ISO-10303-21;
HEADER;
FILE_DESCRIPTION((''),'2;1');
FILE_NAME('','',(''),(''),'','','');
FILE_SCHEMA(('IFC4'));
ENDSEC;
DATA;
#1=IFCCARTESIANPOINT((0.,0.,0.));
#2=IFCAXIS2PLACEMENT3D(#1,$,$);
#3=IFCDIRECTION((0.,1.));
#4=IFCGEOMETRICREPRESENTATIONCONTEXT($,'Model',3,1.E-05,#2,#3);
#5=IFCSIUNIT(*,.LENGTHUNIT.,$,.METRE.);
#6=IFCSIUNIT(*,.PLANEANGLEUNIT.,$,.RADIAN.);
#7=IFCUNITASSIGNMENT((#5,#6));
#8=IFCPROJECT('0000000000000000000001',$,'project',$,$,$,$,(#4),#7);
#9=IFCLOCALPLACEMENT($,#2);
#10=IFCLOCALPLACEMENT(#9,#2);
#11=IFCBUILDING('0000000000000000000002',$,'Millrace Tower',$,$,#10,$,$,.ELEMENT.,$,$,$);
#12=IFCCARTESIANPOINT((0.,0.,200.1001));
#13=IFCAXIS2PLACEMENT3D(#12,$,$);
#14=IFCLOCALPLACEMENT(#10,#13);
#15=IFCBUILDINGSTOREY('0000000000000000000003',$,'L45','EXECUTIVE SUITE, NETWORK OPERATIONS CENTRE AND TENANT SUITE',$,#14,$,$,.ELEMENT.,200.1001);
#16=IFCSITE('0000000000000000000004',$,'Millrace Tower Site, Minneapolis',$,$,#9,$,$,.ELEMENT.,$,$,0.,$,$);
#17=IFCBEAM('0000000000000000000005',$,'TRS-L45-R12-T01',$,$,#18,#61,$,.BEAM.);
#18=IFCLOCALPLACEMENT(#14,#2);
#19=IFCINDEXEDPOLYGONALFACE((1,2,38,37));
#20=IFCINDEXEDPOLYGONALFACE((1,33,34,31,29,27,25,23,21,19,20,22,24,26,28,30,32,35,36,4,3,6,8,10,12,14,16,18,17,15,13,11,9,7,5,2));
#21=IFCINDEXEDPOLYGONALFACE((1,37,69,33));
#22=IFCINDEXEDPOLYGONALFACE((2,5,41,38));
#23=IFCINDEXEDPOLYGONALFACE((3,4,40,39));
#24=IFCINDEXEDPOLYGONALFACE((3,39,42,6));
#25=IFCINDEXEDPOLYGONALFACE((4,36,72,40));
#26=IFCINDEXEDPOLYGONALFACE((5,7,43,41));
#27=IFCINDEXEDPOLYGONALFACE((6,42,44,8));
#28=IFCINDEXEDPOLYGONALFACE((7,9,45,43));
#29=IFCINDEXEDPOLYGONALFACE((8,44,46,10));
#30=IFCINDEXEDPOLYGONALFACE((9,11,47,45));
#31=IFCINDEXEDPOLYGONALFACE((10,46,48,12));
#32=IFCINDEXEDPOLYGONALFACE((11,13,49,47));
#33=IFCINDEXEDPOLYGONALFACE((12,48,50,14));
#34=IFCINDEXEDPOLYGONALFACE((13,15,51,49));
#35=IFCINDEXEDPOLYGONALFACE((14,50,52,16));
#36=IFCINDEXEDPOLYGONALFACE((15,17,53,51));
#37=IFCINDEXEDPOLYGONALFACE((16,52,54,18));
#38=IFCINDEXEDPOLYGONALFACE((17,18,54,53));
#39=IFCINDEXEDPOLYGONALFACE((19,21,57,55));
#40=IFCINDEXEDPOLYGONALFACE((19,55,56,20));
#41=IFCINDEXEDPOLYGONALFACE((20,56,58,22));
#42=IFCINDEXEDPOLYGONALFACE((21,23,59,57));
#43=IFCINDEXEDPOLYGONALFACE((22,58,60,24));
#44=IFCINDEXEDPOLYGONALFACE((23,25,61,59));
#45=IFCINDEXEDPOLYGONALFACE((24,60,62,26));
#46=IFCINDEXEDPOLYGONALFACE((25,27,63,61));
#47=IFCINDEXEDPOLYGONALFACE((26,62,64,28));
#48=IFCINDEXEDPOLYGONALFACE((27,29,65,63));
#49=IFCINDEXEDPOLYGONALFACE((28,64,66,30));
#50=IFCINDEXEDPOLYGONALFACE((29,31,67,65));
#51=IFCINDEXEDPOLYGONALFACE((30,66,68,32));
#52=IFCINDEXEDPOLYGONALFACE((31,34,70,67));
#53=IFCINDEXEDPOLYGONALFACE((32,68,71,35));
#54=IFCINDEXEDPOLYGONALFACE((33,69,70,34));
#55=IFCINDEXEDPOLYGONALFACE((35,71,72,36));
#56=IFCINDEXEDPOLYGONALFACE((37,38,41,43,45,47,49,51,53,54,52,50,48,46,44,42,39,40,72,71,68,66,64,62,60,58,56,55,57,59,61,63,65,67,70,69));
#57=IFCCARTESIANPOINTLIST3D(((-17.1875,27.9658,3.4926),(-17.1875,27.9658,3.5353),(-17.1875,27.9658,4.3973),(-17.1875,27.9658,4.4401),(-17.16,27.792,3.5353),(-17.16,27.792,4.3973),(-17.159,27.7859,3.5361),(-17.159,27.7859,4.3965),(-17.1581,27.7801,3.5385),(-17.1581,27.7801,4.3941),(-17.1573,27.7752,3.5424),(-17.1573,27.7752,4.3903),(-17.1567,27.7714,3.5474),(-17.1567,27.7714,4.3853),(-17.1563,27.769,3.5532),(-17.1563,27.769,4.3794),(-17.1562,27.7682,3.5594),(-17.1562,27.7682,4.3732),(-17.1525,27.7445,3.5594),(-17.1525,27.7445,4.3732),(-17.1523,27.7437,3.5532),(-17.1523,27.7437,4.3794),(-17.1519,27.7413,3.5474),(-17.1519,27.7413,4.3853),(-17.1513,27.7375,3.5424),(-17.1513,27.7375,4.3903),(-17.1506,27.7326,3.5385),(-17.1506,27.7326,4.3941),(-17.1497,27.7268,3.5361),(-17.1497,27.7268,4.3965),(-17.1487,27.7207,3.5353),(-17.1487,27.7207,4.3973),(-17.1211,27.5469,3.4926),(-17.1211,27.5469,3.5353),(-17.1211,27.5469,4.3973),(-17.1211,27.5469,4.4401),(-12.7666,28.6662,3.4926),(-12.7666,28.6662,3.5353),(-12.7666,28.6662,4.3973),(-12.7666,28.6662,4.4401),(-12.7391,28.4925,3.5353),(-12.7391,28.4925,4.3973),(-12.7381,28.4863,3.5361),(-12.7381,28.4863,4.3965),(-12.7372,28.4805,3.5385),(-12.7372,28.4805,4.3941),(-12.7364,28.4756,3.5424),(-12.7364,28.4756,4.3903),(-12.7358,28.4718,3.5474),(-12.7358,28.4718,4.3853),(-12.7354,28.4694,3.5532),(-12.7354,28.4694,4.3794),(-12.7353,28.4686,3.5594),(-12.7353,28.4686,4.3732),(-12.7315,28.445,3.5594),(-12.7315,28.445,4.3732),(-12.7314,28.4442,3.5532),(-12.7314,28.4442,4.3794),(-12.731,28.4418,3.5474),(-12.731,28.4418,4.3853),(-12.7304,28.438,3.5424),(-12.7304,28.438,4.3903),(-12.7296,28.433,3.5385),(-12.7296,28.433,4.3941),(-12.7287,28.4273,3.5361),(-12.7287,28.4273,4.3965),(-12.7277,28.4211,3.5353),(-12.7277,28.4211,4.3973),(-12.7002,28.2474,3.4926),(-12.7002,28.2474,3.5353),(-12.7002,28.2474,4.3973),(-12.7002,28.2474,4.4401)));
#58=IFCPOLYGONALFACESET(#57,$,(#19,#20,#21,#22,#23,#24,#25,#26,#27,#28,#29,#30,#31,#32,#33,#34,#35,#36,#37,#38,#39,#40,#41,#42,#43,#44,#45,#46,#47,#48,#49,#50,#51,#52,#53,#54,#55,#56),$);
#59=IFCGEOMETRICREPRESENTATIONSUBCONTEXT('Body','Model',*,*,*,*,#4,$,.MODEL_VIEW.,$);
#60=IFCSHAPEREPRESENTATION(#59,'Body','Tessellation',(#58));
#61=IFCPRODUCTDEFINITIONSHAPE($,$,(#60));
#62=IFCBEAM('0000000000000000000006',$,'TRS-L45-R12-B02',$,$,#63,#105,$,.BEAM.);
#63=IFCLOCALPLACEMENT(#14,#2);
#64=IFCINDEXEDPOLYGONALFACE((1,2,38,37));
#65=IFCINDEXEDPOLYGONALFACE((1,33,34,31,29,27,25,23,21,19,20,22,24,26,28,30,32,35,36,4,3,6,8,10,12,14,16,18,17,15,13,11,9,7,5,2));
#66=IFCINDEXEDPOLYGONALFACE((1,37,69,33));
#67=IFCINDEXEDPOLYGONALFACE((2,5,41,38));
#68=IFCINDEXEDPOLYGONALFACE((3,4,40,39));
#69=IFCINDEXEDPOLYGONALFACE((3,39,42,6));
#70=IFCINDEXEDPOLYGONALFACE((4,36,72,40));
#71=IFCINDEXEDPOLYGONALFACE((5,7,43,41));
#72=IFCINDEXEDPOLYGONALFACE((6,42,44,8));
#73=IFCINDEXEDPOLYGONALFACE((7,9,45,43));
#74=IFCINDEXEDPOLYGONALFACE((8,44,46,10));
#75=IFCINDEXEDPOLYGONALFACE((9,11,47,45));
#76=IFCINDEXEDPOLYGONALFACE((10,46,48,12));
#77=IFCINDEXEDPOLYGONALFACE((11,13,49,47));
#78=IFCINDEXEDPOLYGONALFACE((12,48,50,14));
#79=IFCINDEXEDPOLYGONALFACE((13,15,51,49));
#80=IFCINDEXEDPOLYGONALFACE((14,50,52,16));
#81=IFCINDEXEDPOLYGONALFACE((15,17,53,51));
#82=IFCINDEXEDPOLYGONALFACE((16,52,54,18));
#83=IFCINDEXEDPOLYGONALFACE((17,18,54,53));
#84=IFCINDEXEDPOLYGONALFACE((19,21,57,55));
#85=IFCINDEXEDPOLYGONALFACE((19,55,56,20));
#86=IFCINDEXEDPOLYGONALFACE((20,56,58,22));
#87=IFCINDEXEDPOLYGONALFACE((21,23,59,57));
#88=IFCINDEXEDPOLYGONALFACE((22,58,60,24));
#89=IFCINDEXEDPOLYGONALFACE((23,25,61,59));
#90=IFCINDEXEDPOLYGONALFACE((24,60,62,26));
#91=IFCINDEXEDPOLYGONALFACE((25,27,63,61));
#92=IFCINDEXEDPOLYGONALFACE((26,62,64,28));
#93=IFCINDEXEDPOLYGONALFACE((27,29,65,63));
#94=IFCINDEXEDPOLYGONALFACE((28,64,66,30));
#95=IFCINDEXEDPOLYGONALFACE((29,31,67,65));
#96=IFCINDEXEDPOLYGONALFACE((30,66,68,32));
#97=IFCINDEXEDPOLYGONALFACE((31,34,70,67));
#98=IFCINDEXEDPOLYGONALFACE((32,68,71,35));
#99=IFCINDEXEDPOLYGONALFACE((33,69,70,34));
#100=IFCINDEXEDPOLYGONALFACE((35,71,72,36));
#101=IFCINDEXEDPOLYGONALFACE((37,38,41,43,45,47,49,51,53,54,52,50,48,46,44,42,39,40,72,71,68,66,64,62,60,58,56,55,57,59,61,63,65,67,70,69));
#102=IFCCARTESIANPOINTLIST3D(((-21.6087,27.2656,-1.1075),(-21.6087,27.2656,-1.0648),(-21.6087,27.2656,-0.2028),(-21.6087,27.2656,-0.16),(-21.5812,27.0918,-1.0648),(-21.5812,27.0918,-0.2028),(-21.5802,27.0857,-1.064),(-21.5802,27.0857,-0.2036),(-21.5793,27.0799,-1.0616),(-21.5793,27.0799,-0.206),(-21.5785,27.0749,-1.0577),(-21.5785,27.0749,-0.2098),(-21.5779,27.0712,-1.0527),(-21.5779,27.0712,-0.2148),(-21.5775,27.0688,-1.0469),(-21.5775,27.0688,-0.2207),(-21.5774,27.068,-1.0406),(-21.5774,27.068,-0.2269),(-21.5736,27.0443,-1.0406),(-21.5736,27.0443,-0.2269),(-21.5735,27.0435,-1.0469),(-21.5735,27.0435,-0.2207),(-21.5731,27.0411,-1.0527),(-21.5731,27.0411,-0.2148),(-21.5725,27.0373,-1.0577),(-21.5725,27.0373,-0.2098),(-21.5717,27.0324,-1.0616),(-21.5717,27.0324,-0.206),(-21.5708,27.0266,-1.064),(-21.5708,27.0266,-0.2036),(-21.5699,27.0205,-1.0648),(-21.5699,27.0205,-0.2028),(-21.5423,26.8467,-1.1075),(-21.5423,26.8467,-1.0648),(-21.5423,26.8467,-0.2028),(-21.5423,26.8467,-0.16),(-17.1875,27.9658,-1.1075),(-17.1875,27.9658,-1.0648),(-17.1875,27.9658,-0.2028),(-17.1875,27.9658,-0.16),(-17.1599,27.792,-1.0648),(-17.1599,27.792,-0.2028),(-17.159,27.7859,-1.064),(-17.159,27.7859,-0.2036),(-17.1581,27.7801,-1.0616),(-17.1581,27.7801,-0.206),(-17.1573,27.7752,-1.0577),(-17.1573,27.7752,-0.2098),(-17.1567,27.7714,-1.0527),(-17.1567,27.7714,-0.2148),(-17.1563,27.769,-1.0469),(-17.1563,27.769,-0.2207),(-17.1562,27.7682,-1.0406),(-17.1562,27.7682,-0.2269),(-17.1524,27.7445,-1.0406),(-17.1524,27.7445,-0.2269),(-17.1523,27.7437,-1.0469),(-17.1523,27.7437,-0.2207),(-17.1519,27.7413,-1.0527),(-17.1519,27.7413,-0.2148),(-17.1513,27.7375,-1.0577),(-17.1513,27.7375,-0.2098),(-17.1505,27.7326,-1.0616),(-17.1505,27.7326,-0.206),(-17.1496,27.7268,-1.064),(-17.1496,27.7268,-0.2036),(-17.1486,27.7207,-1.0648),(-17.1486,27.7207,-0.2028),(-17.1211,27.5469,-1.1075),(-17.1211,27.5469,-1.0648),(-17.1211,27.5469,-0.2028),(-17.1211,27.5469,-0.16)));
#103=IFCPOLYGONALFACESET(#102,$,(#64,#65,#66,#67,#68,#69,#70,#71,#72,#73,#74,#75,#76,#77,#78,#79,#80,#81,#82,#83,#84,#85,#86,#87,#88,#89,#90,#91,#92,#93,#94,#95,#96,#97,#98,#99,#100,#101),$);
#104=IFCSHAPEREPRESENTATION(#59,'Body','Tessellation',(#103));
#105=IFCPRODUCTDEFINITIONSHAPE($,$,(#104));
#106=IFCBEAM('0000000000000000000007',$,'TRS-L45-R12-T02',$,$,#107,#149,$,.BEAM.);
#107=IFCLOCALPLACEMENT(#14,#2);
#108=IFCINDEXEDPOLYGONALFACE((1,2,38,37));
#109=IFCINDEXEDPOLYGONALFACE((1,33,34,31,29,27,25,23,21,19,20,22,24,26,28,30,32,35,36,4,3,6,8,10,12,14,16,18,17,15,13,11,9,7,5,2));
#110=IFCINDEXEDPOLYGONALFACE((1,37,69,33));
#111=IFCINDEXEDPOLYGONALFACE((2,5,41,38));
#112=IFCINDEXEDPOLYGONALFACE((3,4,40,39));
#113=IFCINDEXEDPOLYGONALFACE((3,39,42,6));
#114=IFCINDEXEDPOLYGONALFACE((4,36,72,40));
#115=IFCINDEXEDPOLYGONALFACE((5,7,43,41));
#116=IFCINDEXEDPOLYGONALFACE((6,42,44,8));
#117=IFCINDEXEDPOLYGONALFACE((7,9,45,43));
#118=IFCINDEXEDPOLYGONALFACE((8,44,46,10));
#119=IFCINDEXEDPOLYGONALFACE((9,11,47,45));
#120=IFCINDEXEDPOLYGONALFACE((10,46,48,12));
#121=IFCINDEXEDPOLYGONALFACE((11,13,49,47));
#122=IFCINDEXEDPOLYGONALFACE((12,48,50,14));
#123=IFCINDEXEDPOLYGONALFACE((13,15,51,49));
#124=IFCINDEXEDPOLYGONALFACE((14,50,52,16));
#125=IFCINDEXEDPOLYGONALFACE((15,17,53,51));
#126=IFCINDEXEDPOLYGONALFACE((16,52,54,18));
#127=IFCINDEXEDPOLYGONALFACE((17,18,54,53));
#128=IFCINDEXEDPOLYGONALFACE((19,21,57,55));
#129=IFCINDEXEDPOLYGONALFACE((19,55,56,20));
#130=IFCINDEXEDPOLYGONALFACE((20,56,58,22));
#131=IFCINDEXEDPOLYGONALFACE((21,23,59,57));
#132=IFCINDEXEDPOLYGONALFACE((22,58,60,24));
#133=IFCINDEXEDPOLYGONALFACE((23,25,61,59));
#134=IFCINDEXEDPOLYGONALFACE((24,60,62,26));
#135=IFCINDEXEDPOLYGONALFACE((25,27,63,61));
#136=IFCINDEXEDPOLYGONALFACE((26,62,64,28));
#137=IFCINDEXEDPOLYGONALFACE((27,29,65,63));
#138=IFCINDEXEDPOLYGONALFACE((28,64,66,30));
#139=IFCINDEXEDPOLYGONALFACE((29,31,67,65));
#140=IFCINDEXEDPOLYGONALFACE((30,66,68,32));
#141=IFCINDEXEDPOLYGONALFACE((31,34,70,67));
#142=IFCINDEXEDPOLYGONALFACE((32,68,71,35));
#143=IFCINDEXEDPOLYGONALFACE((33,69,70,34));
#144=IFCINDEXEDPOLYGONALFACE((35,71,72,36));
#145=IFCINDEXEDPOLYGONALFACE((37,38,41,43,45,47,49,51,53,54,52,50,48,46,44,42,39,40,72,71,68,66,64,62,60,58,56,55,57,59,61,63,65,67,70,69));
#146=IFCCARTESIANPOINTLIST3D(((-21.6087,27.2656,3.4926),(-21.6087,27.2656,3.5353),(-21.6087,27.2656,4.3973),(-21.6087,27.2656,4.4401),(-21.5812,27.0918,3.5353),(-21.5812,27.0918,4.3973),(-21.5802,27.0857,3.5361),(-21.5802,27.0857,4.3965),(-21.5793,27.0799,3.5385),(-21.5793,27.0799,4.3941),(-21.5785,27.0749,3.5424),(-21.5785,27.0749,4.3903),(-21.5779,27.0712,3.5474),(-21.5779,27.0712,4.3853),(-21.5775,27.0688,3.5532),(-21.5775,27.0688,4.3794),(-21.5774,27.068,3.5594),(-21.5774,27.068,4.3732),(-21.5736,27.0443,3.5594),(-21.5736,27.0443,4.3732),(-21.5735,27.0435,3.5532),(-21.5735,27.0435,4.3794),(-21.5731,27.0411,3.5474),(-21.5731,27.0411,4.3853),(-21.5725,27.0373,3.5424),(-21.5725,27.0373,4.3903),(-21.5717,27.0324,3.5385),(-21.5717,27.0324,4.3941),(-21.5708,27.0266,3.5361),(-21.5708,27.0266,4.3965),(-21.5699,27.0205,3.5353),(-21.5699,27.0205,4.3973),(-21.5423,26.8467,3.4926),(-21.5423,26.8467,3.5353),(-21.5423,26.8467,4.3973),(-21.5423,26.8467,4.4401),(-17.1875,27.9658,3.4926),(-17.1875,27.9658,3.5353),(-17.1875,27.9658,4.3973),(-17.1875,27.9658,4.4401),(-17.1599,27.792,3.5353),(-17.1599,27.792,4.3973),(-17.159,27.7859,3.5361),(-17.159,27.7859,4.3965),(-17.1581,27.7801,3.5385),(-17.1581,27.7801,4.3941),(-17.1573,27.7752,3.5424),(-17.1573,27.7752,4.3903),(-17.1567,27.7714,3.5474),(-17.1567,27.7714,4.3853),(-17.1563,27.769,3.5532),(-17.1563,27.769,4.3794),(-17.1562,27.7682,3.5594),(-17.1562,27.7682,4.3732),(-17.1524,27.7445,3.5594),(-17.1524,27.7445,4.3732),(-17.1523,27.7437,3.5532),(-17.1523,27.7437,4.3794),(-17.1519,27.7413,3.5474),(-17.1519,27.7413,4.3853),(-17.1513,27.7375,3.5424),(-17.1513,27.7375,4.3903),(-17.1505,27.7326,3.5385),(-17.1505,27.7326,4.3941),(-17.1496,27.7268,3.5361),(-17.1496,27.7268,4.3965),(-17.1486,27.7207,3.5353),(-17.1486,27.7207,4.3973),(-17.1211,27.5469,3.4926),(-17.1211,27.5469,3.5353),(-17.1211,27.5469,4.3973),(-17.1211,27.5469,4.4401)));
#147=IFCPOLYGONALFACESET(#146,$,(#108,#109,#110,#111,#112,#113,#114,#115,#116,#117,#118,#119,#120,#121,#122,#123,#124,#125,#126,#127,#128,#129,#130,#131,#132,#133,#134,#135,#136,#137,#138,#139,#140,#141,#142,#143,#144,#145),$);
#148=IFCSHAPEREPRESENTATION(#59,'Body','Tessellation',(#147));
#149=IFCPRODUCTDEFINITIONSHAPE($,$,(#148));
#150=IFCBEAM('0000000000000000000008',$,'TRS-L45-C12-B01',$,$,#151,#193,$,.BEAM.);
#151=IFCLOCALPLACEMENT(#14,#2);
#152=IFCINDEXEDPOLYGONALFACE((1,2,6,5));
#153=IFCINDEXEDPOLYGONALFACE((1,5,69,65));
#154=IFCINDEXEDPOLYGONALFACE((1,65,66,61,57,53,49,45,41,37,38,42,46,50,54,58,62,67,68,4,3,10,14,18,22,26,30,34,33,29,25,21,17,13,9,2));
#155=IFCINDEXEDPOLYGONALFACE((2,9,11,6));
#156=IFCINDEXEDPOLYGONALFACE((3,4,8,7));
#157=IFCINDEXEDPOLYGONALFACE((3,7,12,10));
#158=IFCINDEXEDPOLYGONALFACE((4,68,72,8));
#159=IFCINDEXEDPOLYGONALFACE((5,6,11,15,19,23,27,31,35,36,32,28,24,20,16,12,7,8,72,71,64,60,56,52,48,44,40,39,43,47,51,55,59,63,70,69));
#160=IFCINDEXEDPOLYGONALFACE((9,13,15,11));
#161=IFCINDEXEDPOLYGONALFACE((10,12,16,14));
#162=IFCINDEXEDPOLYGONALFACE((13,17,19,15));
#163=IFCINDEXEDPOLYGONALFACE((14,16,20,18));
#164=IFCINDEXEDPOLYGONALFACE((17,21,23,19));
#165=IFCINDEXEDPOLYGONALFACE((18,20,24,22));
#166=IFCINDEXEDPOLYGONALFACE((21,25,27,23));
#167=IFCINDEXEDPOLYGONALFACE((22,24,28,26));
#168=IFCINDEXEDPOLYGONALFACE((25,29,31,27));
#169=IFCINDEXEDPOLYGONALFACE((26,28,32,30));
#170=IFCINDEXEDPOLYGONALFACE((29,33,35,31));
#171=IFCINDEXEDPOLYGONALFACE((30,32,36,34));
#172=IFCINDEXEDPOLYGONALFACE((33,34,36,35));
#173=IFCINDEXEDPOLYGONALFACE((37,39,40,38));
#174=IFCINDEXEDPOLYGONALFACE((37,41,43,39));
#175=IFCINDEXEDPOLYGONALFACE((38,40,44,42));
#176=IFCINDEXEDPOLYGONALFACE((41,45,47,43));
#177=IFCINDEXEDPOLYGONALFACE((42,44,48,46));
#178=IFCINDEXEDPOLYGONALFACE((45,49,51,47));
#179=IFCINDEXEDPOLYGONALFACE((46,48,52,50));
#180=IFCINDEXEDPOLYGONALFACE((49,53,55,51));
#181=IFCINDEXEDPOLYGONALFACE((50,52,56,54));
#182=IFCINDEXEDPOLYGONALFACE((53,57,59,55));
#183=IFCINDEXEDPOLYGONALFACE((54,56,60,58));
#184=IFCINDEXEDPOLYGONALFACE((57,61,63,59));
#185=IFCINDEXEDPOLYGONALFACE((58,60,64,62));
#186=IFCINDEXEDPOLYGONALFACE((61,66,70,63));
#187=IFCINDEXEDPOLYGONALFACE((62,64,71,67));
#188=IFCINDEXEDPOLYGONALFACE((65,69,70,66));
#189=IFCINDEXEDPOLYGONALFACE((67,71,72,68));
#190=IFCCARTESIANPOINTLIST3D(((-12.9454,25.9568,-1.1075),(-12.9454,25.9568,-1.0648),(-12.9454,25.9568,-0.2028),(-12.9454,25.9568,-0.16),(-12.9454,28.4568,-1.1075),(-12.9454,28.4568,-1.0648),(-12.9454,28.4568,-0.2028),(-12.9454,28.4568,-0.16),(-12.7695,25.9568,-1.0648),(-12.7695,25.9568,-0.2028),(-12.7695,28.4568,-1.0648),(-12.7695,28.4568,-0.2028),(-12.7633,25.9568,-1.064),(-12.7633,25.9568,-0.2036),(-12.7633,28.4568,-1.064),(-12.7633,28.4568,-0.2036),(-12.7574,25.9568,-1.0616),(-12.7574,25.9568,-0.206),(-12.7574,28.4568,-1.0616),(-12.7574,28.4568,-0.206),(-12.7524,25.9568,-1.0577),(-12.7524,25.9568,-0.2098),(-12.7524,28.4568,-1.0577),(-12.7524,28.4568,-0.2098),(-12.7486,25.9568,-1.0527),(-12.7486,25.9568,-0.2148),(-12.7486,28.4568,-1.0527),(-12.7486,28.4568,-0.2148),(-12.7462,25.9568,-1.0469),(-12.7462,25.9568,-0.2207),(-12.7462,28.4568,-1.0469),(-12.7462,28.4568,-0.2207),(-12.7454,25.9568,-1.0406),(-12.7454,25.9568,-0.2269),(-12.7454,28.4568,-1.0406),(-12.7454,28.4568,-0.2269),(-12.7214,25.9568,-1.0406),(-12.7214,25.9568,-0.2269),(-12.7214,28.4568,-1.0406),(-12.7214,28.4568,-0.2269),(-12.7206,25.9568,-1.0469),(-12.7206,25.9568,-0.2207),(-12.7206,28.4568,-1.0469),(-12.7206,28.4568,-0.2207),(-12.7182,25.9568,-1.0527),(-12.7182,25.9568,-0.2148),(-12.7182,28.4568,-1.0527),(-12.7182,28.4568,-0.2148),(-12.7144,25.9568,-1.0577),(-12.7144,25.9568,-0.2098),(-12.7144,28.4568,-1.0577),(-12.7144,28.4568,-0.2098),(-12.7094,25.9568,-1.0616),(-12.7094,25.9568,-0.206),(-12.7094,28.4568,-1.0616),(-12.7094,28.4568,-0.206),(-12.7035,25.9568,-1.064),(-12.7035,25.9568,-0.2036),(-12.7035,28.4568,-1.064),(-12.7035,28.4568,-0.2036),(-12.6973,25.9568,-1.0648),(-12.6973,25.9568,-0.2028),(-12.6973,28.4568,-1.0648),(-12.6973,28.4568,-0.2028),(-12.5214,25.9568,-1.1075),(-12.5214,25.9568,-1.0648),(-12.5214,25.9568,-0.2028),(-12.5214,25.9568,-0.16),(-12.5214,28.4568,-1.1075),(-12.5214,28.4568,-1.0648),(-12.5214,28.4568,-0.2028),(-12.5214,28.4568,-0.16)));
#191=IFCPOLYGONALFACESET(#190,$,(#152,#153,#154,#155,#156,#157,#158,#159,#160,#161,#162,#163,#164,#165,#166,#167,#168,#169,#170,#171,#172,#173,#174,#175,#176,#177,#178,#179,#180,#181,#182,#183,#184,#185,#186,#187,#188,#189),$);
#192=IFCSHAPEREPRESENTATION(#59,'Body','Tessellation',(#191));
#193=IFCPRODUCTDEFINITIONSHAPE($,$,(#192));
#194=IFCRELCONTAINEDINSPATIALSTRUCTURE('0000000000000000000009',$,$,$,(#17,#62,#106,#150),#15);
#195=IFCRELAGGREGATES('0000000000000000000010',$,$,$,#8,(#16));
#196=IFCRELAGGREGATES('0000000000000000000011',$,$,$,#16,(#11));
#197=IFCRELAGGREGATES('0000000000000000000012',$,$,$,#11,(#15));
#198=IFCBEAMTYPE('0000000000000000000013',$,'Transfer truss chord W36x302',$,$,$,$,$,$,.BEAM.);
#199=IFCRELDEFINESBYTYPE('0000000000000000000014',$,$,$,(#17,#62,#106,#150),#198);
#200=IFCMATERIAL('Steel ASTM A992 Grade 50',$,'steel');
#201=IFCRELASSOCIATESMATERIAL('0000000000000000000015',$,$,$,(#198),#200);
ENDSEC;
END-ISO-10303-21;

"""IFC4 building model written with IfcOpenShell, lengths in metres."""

from ifc_helpers import new_model, si_unit, direction, frame, origin, origin_2d, place, context, subcontext, project, spatial, i_section, extrude, material, material_profile, profile_set, type_object, element, save


model = new_model("IFC4")

# Units and contexts
model_context = context("Model", 3, precision=1e-05, world=origin(), true_north=direction((0.0, 1.0)))
body_context = subcontext(model_context, "Body", "Model", "MODEL_VIEW")
ifc_project = project(units=[si_unit("LENGTHUNIT", "METRE"), si_unit("PLANEANGLEUNIT", "RADIAN")], contexts=[model_context])

# Site, building, storey
site_placement = place(None, origin())
site = spatial("IfcSite", under=ifc_project, at=site_placement, Name="Millrace Tower Site, Minneapolis", CompositionType="ELEMENT", RefElevation=0.0)
building_placement = place(site_placement, origin())
building = spatial("IfcBuilding", under=site, at=building_placement, Name="Millrace Tower", CompositionType="ELEMENT")
storey_placement = place(building_placement, frame((0.0, 0.0, 200.1001)))
storey = spatial("IfcBuildingStorey", under=building, at=storey_placement, Name="L45", Description="EXECUTIVE SUITE, NETWORK OPERATIONS CENTRE AND TENANT SUITE", CompositionType="ELEMENT", Elevation=200.1001)

# Beams
ifc_material_1 = material(Name="Steel ASTM A992 Grade 50", Category="steel")
ifc_material_profile_1 = material_profile(ifc_material_1, i_section(OverallWidth=0.4241, OverallDepth=0.9475, WebThickness=0.0239, FlangeThickness=0.0427, FilletRadius=0.0242, at=origin_2d()))
ifc_profile_set_1 = profile_set([ifc_material_profile_1], Name="Steel ASTM A992 Grade 50")
beam_type_1 = type_object("IfcBeamType", Name="Transfer truss chord W36x302", PredefinedType="BEAM", material=ifc_profile_set_1)
for number, where, z_axis, x_axis, name in (
    (1, (-12.7334, 28.4568, 3.9663), (-0.98768, -0.156486, 0.0), (0.156486, -0.98768, 0.0), "TRS-L45-R12-T01"),
):
    element("IfcBeam", number, at=place(storey_placement, frame(where, z_axis=z_axis, x_axis=x_axis)), inside=storey, type_object=beam_type_1, Name=name, PredefinedType="BEAM", context=body_context, shape_type="SweptSolid", body=[
        extrude(i_section(OverallWidth=0.4241, OverallDepth=0.9475, WebThickness=0.0239, FlangeThickness=0.0427, FilletRadius=0.0242, at=origin_2d()), origin(), (0.0, 0.0, 1.0), 4.4761),
    ])
for number, where, z_axis, x_axis, name in (
    (2, (-17.1543, 27.7563, -0.6338), (-0.98769, -0.156425, 0.0), (0.156425, -0.98769, 0.0), "TRS-L45-R12-B02"),
    (3, (-17.1543, 27.7563, 3.9663), (-0.98769, -0.156425, 0.0), (0.156425, -0.98769, 0.0), "TRS-L45-R12-T02"),
):
    element("IfcBeam", number, at=place(storey_placement, frame(where, z_axis=z_axis, x_axis=x_axis)), inside=storey, type_object=beam_type_1, Name=name, PredefinedType="BEAM", context=body_context, shape_type="SweptSolid", body=[
        extrude(i_section(OverallWidth=0.4241, OverallDepth=0.9475, WebThickness=0.0239, FlangeThickness=0.0427, FilletRadius=0.0242, at=origin_2d()), origin(), (0.0, 0.0, 1.0), 4.4763),
    ])
for number, where, z_axis, x_axis, name in (
    (4, (-12.7334, 28.4568, -0.6338), (0.0, -1.0, 0.0), (1.0, 0.0, 0.0), "TRS-L45-C12-B01"),
):
    element("IfcBeam", number, at=place(storey_placement, frame(where, z_axis=z_axis, x_axis=x_axis)), inside=storey, type_object=beam_type_1, Name=name, PredefinedType="BEAM", context=body_context, shape_type="SweptSolid", body=[
        extrude(i_section(OverallWidth=0.4241, OverallDepth=0.9475, WebThickness=0.0239, FlangeThickness=0.0427, FilletRadius=0.0242, at=origin_2d()), origin(), (0.0, 0.0, 1.0), 2.5),
    ])

save(model, "model.ifc")
